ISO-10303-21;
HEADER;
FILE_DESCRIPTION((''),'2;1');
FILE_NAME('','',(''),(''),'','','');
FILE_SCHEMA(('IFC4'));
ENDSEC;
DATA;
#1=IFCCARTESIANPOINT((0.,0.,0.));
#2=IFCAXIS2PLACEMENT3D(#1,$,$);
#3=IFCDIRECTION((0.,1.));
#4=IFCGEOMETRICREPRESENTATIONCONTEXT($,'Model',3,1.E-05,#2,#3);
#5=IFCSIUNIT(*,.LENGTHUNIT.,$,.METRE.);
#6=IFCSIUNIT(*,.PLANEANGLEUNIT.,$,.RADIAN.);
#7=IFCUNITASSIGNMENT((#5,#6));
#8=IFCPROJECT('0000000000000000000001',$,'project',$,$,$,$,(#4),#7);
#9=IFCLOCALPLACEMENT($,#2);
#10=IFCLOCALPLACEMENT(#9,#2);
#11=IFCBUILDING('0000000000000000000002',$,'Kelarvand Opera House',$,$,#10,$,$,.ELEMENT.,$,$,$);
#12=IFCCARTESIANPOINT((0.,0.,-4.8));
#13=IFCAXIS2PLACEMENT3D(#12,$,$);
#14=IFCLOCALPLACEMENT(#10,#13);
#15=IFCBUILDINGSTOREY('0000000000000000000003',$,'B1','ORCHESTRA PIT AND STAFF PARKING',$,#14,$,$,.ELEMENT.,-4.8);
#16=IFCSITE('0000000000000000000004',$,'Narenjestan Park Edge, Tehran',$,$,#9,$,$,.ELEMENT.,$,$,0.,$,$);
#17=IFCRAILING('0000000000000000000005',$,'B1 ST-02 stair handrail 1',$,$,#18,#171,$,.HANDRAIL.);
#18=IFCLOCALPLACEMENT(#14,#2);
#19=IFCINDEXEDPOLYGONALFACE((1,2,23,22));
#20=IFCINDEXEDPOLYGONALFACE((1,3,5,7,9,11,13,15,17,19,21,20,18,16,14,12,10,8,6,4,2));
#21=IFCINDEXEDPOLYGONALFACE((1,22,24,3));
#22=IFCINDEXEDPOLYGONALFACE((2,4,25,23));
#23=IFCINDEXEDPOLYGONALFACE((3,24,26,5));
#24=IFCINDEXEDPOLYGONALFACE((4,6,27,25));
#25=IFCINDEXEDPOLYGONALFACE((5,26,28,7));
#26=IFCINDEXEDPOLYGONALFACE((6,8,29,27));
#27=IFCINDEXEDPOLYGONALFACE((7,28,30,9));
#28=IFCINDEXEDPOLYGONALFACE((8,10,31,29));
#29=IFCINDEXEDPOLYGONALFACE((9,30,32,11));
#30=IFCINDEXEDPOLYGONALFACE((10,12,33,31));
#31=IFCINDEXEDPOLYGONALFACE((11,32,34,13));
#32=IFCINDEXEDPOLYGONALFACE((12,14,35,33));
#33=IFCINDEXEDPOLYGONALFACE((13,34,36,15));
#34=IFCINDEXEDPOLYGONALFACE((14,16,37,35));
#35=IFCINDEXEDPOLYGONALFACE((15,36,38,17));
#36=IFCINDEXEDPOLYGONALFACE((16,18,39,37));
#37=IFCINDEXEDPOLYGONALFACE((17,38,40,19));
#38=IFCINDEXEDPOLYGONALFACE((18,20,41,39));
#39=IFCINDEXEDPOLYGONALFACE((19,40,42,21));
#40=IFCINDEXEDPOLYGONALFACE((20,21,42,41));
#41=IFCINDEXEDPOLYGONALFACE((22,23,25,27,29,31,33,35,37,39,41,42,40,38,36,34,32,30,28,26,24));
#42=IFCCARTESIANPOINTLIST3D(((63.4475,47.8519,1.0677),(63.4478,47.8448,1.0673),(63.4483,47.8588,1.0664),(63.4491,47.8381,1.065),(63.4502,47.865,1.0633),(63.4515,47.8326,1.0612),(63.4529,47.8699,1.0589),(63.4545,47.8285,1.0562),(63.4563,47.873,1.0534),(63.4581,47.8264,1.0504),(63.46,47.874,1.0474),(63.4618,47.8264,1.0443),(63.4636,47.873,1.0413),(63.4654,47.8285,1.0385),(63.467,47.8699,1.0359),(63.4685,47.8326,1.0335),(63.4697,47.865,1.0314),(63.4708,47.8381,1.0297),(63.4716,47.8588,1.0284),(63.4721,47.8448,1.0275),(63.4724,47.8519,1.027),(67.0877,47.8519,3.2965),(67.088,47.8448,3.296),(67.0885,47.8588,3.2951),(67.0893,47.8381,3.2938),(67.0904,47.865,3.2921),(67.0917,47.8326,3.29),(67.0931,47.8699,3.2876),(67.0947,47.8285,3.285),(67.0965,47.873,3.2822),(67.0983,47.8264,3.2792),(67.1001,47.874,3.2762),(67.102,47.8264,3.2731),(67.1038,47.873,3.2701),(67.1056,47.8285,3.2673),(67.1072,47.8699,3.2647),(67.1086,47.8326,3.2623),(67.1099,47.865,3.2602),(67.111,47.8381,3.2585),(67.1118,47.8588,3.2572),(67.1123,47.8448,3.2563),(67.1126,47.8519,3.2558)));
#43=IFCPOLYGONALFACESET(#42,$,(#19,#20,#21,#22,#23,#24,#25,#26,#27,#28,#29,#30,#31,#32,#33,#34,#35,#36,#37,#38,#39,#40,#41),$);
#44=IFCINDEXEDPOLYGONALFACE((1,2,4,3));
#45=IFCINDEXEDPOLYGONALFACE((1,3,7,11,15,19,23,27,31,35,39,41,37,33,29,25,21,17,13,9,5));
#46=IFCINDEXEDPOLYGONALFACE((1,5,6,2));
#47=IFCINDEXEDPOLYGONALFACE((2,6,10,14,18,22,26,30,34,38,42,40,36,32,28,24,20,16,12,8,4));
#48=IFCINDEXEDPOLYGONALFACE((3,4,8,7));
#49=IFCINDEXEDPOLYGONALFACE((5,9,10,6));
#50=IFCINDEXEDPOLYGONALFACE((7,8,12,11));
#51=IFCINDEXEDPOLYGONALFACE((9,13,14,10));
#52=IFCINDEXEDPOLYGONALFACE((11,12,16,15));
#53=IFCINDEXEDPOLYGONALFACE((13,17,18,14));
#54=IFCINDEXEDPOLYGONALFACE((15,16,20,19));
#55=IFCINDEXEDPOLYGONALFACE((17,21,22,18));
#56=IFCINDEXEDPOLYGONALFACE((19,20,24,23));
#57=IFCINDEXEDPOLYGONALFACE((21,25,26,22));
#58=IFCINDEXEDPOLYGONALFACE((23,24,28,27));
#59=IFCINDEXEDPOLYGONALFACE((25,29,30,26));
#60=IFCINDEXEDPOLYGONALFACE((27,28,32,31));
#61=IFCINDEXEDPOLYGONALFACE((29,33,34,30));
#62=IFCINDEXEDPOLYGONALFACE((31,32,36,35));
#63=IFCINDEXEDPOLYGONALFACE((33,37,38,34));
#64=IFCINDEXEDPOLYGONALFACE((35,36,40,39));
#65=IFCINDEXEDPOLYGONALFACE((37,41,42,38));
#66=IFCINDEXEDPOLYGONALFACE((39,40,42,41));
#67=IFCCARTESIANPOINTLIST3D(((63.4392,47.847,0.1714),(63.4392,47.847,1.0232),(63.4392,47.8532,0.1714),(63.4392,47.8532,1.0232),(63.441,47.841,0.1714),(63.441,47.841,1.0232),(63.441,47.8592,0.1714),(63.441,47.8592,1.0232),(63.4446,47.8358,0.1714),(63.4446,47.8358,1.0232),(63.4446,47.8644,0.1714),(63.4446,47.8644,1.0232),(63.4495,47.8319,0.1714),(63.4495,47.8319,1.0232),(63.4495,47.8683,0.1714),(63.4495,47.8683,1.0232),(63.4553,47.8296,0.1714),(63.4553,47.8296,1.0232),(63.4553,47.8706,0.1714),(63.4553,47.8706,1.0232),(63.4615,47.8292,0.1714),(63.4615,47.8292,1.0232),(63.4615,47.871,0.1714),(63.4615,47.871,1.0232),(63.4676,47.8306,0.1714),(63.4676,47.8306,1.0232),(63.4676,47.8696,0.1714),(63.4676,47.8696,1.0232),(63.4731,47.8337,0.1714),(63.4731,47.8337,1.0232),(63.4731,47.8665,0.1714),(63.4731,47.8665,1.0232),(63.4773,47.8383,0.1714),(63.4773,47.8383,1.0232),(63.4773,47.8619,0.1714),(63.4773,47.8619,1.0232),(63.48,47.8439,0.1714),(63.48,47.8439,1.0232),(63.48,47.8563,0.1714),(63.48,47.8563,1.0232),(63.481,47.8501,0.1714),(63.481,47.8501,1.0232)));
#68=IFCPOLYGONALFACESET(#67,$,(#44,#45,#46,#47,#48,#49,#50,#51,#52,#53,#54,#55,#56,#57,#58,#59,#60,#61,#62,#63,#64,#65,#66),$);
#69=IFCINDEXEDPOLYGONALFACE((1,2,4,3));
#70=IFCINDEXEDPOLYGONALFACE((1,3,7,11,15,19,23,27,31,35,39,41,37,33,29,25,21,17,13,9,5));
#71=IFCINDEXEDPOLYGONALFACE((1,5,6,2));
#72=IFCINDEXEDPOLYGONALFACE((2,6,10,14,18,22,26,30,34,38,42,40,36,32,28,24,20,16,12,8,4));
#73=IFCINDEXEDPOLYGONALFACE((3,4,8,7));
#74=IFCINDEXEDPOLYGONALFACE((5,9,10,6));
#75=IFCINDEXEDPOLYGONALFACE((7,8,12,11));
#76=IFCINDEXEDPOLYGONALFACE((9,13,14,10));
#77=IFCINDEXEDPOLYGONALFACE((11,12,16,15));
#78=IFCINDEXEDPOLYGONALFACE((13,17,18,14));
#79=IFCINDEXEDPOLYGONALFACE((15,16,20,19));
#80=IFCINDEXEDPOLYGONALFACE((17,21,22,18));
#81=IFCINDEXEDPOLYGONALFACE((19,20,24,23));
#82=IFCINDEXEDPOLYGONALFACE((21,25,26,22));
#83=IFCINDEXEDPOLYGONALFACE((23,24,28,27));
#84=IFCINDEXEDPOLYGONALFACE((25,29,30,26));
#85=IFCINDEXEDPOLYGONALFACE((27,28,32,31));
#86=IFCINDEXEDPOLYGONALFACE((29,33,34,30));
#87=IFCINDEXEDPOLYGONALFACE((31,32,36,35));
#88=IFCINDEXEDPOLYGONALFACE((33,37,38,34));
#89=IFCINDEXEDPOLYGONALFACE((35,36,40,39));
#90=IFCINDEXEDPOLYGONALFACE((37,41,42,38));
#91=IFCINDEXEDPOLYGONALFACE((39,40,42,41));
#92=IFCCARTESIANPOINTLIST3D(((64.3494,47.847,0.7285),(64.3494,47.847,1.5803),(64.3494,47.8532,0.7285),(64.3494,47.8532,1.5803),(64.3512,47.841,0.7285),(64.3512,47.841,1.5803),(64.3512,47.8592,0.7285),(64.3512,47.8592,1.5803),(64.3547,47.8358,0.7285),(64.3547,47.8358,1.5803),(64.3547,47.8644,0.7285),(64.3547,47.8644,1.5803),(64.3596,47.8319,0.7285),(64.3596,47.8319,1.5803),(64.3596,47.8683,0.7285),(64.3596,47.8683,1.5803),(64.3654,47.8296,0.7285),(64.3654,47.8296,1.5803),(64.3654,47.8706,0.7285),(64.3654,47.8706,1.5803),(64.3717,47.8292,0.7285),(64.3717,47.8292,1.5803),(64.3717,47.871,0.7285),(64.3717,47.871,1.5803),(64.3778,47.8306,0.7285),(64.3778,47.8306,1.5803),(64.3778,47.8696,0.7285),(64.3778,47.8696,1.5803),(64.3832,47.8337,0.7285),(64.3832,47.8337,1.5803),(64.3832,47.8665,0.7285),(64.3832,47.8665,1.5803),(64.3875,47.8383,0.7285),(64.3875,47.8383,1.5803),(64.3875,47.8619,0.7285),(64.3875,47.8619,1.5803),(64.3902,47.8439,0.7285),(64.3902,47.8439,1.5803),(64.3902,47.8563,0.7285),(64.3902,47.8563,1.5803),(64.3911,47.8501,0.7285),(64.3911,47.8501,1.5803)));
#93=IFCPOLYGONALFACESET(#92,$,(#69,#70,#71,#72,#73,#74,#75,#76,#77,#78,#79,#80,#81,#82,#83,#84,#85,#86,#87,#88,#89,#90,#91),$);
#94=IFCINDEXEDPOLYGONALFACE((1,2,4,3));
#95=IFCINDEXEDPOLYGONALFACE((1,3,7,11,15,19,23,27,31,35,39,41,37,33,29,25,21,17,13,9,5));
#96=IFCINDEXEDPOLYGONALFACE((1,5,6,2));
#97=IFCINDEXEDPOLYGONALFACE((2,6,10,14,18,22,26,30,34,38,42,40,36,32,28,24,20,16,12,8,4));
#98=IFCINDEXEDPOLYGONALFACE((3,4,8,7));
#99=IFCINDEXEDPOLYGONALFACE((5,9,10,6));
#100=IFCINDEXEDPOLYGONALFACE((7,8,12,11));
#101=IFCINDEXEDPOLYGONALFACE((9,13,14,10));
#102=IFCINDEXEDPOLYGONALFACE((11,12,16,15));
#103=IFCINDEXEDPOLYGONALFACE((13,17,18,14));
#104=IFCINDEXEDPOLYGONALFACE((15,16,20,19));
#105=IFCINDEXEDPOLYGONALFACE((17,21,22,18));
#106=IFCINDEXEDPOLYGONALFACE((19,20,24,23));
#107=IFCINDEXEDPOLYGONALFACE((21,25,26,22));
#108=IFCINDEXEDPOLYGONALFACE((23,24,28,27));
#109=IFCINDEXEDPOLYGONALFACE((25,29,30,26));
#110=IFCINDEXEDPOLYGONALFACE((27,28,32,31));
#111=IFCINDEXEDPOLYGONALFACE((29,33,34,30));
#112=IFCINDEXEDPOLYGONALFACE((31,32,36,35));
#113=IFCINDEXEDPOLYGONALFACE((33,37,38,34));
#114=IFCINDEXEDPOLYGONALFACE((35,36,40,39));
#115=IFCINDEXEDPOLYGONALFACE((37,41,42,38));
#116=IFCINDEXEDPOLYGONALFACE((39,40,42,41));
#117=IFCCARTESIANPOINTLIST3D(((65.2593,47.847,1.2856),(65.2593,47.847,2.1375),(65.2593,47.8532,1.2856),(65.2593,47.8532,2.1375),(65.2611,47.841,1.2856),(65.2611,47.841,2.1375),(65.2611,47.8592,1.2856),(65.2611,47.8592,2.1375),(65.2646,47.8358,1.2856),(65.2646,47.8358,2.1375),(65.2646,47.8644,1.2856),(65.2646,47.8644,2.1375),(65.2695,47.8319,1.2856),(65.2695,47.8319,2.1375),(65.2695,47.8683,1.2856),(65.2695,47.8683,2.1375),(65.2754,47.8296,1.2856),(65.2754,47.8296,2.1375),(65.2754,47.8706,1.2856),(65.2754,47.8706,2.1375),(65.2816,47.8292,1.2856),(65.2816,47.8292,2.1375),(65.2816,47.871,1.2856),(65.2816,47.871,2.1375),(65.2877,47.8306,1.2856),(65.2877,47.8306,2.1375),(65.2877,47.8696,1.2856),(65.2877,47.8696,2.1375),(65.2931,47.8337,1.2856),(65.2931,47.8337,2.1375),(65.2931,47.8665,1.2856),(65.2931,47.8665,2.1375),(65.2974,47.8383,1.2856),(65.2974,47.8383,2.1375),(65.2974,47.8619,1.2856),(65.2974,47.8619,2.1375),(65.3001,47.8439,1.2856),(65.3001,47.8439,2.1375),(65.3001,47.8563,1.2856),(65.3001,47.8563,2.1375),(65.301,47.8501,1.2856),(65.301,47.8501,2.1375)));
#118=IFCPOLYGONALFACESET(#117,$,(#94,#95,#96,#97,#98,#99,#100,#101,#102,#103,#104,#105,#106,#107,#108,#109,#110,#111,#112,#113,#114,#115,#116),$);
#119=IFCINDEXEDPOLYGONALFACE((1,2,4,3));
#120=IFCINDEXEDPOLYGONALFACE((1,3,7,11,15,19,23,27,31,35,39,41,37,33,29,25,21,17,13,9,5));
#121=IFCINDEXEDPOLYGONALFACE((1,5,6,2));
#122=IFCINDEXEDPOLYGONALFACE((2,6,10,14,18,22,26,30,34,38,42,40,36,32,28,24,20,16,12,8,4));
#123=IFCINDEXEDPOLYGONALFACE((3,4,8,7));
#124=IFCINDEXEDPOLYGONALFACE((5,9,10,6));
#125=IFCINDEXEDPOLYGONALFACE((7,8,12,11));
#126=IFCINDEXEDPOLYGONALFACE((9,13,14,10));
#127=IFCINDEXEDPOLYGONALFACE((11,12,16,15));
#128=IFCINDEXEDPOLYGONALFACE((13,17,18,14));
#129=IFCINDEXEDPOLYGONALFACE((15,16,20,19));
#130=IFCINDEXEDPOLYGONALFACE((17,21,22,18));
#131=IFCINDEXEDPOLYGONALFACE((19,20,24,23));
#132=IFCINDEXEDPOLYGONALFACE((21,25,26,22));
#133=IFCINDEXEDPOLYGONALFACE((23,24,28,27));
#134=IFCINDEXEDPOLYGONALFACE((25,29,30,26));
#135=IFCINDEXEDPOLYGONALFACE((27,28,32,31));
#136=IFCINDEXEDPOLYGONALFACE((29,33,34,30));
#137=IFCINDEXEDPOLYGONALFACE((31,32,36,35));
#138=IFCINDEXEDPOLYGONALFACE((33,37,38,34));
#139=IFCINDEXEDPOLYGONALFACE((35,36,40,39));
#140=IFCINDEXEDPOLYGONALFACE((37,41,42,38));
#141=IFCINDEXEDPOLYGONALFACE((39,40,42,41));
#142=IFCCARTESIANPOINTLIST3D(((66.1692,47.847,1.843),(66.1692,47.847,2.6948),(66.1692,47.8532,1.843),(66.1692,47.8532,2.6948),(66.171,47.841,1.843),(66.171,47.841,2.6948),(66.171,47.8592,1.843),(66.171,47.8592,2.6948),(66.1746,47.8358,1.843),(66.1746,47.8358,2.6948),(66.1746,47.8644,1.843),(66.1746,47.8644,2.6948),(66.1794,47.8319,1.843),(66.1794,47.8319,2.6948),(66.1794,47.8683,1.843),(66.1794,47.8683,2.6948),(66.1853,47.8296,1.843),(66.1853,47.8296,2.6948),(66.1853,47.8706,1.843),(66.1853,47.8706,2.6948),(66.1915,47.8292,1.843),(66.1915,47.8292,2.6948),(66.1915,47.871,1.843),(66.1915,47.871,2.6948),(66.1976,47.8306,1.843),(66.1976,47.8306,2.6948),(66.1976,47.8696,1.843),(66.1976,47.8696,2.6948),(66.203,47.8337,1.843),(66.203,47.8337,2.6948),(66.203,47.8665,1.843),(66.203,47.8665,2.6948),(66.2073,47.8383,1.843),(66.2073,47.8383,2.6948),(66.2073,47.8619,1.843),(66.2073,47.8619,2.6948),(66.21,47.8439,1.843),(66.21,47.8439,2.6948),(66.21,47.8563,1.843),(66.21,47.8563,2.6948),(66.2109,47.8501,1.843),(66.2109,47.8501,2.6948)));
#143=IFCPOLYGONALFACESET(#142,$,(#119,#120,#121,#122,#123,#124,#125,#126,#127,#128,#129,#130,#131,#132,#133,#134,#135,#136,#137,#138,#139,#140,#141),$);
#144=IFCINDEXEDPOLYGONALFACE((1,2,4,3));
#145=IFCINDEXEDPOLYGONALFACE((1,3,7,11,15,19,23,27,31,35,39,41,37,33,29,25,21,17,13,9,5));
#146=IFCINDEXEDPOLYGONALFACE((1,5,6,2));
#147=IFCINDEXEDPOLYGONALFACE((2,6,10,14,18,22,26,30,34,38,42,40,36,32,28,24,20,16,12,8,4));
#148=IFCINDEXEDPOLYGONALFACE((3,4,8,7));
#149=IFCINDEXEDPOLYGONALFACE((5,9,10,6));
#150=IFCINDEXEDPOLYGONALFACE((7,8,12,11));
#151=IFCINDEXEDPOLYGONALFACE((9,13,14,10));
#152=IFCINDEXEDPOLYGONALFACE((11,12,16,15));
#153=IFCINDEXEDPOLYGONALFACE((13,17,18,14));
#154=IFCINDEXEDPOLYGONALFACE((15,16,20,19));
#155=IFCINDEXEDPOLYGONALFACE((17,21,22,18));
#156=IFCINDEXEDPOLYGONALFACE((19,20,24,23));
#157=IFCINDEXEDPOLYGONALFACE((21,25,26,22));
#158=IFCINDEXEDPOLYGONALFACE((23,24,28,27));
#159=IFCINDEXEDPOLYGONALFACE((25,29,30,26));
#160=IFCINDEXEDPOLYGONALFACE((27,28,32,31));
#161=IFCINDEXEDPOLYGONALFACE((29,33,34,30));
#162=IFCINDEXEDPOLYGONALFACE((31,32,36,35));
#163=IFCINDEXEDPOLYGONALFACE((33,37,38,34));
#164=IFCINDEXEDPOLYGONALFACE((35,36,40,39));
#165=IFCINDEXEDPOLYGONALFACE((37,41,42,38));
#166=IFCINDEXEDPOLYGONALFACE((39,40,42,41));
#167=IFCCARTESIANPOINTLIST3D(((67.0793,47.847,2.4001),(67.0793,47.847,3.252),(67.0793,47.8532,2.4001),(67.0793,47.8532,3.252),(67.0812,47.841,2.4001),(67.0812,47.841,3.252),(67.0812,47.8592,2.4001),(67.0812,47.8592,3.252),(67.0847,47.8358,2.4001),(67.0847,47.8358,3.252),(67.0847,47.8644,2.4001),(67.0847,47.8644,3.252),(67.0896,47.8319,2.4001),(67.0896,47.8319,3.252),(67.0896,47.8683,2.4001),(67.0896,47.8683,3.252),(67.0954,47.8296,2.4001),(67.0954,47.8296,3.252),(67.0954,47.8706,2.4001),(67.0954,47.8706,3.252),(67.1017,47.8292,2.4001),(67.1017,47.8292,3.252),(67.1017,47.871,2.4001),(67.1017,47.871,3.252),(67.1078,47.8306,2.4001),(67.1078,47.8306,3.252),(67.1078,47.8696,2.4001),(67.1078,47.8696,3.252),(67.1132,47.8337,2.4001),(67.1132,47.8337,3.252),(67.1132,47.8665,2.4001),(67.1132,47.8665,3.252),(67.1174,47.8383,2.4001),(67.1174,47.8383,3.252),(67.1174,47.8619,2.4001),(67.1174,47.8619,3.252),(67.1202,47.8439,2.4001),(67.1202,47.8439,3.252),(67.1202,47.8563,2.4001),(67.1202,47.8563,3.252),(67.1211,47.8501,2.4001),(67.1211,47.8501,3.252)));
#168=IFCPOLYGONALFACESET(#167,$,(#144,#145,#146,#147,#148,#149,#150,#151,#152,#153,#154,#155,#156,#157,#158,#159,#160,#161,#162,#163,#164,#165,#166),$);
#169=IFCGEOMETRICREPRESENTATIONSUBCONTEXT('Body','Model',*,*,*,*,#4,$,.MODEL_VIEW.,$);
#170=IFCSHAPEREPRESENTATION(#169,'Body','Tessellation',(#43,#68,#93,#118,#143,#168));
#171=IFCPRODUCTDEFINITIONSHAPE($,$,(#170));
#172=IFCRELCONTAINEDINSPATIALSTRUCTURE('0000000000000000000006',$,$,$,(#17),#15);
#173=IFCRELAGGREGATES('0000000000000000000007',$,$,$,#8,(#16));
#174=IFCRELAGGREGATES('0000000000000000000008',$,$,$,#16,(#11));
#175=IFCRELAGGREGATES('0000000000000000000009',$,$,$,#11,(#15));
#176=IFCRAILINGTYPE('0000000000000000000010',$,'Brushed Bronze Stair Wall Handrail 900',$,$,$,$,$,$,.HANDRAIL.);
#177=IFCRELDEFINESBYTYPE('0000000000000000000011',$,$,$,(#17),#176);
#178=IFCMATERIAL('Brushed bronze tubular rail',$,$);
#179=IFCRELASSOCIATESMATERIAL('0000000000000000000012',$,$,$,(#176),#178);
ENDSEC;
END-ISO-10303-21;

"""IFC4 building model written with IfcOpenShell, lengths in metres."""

from ifc_helpers import new_model, si_unit, direction, frame, origin, origin_2d, place, context, subcontext, project, spatial, circle, extrude, material, type_object, element, save


model = new_model("IFC4")

# Units and contexts
model_context = context("Model", 3, precision=1e-05, world=origin(), true_north=direction((0.0, 1.0)))
body_context = subcontext(model_context, "Body", "Model", "MODEL_VIEW")
ifc_project = project(units=[si_unit("LENGTHUNIT", "METRE"), si_unit("PLANEANGLEUNIT", "RADIAN")], contexts=[model_context])

# Site, building, storey
site_placement = place(None, origin())
site = spatial("IfcSite", under=ifc_project, at=site_placement, Name="Narenjestan Park Edge, Tehran", CompositionType="ELEMENT", RefElevation=0.0)
building_placement = place(site_placement, origin())
building = spatial("IfcBuilding", under=site, at=building_placement, Name="Kelarvand Opera House", CompositionType="ELEMENT")
storey_placement = place(building_placement, frame((0.0, 0.0, -4.8)))
storey = spatial("IfcBuildingStorey", under=building, at=storey_placement, Name="B1", Description="ORCHESTRA PIT AND STAFF PARKING", CompositionType="ELEMENT", Elevation=-4.8)

# Railing
ifc_material_1 = material(Name="Brushed bronze tubular rail")
railing_type_1 = type_object("IfcRailingType", Name="Brushed Bronze Stair Wall Handrail 900", PredefinedType="HANDRAIL", material=ifc_material_1)
railing_1_placement = place(storey_placement, frame((63.46, 47.8501, 0.1714)))
element("IfcRailing", 1, at=railing_1_placement, inside=storey, type_object=railing_type_1, Name="B1 ST-02 stair handrail 1", PredefinedType="HANDRAIL", context=body_context, shape_type="SweptSolid", body=[
    extrude(circle(Radius=0.0239, at=origin_2d()), frame((0.0, 0.0, 0.876), z_axis=(0.85284, 0.0, 0.522172), x_axis=(0.0, 1.0, 0.0)), (0.0, 0.0, 1.0), 4.2683),
    extrude(circle(Radius=0.021, at=origin_2d()), origin(), (0.0, 0.0, 1.0), 0.8518),
    extrude(circle(Radius=0.021, at=origin_2d()), frame((0.9102, 0.0, 0.5571)), (0.0, 0.0, 1.0), 0.8518),
    extrude(circle(Radius=0.021, at=origin_2d()), frame((1.8201, 0.0, 1.1143)), (0.0, 0.0, 1.0), 0.8518),
    extrude(circle(Radius=0.021, at=origin_2d()), frame((2.73, 0.0, 1.6716)), (0.0, 0.0, 1.0), 0.8518),
    extrude(circle(Radius=0.021, at=origin_2d()), frame((3.6401, 0.0, 2.2288)), (0.0, 0.0, 1.0), 0.8518),
])

save(model, "model.ifc")
